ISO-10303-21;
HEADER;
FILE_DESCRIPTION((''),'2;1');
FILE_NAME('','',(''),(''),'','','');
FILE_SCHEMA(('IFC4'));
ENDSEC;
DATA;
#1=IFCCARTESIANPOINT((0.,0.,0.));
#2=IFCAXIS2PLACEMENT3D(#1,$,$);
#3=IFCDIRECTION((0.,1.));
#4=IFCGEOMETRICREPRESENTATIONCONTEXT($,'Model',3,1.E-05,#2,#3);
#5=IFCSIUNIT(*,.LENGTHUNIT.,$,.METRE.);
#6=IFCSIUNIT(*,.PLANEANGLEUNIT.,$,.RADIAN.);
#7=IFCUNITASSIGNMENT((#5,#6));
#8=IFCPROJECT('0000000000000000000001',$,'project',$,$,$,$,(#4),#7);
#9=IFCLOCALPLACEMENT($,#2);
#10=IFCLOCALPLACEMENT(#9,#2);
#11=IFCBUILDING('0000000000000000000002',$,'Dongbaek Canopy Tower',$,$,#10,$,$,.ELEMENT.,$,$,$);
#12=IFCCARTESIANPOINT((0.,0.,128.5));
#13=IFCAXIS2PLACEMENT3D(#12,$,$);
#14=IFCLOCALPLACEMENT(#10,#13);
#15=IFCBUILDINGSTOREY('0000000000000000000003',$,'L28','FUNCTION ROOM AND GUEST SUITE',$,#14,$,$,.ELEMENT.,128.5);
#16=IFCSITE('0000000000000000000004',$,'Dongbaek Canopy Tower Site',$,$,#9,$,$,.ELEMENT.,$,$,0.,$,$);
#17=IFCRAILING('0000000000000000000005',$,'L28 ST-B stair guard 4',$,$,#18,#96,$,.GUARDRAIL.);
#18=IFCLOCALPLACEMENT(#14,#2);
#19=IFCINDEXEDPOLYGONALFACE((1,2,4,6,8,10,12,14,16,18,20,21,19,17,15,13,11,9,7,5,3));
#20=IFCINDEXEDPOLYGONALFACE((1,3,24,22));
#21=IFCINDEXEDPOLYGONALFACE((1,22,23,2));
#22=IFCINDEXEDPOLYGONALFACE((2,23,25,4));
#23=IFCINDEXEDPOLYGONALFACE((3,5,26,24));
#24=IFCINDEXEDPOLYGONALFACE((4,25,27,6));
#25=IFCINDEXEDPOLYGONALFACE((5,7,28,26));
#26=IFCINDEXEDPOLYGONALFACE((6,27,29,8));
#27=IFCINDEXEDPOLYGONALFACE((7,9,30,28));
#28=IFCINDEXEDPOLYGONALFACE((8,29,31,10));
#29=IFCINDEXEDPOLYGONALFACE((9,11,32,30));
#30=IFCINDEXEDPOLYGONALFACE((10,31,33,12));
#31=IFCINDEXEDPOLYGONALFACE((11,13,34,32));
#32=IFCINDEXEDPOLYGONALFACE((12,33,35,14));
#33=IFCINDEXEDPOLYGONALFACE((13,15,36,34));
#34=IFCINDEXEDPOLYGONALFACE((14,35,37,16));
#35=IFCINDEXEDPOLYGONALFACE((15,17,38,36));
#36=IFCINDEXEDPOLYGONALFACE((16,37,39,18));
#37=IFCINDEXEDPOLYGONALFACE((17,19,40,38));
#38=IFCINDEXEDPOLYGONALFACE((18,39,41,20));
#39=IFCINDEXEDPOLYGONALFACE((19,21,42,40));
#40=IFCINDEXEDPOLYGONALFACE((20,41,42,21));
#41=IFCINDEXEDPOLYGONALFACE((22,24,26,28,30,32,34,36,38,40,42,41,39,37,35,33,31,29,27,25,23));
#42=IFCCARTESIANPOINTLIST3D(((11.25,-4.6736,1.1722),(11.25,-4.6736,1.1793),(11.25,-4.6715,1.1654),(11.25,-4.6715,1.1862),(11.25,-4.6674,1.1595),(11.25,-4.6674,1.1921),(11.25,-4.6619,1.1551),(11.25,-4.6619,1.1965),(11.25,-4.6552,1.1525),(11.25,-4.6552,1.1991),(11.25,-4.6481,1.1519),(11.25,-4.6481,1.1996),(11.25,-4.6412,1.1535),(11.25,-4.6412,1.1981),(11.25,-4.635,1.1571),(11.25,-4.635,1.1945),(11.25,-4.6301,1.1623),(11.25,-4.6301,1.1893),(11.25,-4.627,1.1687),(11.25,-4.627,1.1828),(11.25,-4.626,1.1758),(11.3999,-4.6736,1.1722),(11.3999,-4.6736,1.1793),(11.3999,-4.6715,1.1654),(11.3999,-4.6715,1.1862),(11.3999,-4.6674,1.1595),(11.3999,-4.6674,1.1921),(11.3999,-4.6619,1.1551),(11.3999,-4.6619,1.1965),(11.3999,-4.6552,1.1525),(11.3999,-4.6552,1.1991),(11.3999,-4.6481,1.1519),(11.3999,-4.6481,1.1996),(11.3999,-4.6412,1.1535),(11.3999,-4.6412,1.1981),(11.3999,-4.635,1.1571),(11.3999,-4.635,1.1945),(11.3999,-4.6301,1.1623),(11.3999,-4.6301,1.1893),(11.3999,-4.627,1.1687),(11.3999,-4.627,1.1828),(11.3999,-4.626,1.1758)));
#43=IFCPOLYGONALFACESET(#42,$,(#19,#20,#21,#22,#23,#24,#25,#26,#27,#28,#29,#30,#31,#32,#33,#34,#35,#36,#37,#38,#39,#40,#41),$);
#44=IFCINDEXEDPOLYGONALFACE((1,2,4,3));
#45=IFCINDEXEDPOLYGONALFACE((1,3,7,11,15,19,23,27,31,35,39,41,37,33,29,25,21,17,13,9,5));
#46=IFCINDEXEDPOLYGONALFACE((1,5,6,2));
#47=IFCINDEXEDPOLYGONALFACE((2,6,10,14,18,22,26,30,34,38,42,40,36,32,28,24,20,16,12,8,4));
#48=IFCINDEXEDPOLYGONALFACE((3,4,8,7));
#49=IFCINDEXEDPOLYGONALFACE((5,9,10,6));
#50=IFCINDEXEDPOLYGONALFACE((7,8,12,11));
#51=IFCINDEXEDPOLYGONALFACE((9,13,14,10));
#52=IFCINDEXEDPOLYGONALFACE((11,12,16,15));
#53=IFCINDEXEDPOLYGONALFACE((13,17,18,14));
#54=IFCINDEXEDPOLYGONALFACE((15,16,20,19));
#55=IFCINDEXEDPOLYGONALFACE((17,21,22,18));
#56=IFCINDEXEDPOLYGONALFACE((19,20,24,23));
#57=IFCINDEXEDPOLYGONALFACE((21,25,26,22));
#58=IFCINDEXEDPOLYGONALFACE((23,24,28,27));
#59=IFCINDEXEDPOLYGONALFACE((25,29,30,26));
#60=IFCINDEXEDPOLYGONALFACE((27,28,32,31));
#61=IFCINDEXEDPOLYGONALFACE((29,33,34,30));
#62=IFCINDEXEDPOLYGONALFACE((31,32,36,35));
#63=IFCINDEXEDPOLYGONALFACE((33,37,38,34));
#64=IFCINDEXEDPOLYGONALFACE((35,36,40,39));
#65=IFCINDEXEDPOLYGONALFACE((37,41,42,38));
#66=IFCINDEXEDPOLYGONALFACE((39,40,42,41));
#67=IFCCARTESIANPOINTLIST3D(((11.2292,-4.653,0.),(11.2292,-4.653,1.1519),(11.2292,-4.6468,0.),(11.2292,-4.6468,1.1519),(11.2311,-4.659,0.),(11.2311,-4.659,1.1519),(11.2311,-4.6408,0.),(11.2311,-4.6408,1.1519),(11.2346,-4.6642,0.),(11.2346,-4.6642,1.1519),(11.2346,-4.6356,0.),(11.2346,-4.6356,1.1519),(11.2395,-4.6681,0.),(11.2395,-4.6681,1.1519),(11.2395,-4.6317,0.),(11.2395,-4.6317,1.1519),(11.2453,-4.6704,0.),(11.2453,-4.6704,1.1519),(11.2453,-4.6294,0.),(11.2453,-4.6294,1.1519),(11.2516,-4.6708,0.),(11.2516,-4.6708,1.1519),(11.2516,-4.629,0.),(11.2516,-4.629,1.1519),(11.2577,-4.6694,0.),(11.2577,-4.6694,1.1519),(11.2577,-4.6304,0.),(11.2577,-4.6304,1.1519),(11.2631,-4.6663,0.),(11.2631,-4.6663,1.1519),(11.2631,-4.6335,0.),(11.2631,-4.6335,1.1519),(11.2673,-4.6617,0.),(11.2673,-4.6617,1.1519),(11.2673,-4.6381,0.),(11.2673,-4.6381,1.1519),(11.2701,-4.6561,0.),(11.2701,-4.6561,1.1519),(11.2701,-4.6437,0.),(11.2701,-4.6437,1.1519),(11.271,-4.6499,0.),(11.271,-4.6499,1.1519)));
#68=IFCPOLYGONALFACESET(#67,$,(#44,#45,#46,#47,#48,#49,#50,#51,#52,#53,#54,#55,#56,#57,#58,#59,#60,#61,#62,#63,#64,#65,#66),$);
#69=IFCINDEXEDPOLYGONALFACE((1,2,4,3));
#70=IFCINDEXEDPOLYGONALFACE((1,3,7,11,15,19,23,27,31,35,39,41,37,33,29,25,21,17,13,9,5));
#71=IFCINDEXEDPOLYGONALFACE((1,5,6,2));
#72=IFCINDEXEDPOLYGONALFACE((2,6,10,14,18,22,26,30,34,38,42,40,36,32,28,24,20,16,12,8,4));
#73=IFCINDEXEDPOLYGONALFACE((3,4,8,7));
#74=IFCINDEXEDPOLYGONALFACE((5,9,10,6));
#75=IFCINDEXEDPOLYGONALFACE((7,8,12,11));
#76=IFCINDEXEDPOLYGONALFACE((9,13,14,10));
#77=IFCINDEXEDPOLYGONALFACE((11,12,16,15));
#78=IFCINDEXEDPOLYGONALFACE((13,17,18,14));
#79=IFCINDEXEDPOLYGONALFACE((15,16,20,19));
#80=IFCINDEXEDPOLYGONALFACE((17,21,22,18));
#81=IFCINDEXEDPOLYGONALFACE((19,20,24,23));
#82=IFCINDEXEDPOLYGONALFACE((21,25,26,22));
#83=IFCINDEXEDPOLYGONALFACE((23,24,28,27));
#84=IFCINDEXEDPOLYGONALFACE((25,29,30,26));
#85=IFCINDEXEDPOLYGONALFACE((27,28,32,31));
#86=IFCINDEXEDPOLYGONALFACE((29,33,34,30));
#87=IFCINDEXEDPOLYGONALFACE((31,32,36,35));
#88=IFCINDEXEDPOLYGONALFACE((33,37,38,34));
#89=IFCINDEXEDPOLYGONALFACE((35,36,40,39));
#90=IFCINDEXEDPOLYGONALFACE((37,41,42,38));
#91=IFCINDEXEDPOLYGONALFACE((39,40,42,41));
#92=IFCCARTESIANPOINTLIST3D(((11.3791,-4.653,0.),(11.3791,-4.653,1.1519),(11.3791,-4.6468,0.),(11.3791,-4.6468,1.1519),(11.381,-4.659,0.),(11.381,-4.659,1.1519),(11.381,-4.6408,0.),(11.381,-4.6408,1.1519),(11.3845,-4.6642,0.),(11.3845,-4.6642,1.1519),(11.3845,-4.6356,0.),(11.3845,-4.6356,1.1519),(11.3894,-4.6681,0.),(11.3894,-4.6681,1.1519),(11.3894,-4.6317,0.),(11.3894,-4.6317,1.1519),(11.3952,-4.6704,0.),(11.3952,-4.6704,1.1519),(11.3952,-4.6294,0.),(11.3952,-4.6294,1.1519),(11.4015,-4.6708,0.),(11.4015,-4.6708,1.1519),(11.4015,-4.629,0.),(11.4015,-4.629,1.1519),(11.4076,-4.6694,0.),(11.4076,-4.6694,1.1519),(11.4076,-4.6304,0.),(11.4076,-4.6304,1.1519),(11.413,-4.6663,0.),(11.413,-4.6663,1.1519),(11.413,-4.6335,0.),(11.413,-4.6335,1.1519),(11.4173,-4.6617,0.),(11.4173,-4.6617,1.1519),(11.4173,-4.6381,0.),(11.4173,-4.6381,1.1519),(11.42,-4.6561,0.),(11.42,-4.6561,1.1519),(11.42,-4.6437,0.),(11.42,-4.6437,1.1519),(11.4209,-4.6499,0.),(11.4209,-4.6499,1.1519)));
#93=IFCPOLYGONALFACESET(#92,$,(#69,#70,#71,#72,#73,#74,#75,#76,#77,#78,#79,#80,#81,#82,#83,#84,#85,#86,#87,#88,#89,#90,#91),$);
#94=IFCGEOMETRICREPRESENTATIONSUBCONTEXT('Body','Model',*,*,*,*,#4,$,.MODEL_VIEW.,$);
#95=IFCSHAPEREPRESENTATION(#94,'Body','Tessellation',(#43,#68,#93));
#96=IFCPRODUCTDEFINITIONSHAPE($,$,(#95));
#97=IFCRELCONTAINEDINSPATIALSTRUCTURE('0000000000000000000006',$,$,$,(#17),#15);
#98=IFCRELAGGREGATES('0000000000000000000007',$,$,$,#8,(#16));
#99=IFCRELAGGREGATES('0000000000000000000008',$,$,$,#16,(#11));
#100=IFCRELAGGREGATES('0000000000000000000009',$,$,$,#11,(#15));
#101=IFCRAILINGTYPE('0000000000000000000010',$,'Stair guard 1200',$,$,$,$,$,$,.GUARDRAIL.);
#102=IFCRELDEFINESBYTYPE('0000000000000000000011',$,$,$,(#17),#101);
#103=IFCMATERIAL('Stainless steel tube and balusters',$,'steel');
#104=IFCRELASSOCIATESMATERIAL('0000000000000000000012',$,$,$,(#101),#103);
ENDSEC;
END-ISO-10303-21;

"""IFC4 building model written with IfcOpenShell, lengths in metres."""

from ifc_helpers import new_model, si_unit, direction, frame, origin, origin_2d, place, context, subcontext, project, spatial, circle, extrude, material, type_object, element, save


model = new_model("IFC4")

# Units and contexts
model_context = context("Model", 3, precision=1e-05, world=origin(), true_north=direction((0.0, 1.0)))
body_context = subcontext(model_context, "Body", "Model", "MODEL_VIEW")
ifc_project = project(units=[si_unit("LENGTHUNIT", "METRE"), si_unit("PLANEANGLEUNIT", "RADIAN")], contexts=[model_context])

# Site, building, storey
site_placement = place(None, origin())
site = spatial("IfcSite", under=ifc_project, at=site_placement, Name="Dongbaek Canopy Tower Site", CompositionType="ELEMENT", RefElevation=0.0)
building_placement = place(site_placement, origin())
building = spatial("IfcBuilding", under=site, at=building_placement, Name="Dongbaek Canopy Tower", CompositionType="ELEMENT")
storey_placement = place(building_placement, frame((0.0, 0.0, 128.5)))
storey = spatial("IfcBuildingStorey", under=building, at=storey_placement, Name="L28", Description="FUNCTION ROOM AND GUEST SUITE", CompositionType="ELEMENT", Elevation=128.5)

# Railing
ifc_material_1 = material(Name="Stainless steel tube and balusters", Category="steel")
railing_type_1 = type_object("IfcRailingType", Name="Stair guard 1200", PredefinedType="GUARDRAIL", material=ifc_material_1)
railing_1_placement = place(storey_placement, frame((11.25, -4.6499, 0.0)))
element("IfcRailing", 1, at=railing_1_placement, inside=storey, type_object=railing_type_1, Name="L28 ST-B stair guard 4", PredefinedType="GUARDRAIL", context=body_context, shape_type="SweptSolid", body=[
    extrude(circle(Radius=0.0239, at=origin_2d()), frame((0.0, 0.0, 1.1758), z_axis=(1.0, 0.0, 0.0), x_axis=(0.0, 1.0, 0.0)), (0.0, 0.0, 1.0), 0.1499),
    extrude(circle(Radius=0.021, at=origin_2d()), origin(), (0.0, 0.0, 1.0), 1.1519),
    extrude(circle(Radius=0.021, at=origin_2d()), frame((0.1499, 0.0, 0.0)), (0.0, 0.0, 1.0), 1.1519),
])

save(model, "model.ifc")
